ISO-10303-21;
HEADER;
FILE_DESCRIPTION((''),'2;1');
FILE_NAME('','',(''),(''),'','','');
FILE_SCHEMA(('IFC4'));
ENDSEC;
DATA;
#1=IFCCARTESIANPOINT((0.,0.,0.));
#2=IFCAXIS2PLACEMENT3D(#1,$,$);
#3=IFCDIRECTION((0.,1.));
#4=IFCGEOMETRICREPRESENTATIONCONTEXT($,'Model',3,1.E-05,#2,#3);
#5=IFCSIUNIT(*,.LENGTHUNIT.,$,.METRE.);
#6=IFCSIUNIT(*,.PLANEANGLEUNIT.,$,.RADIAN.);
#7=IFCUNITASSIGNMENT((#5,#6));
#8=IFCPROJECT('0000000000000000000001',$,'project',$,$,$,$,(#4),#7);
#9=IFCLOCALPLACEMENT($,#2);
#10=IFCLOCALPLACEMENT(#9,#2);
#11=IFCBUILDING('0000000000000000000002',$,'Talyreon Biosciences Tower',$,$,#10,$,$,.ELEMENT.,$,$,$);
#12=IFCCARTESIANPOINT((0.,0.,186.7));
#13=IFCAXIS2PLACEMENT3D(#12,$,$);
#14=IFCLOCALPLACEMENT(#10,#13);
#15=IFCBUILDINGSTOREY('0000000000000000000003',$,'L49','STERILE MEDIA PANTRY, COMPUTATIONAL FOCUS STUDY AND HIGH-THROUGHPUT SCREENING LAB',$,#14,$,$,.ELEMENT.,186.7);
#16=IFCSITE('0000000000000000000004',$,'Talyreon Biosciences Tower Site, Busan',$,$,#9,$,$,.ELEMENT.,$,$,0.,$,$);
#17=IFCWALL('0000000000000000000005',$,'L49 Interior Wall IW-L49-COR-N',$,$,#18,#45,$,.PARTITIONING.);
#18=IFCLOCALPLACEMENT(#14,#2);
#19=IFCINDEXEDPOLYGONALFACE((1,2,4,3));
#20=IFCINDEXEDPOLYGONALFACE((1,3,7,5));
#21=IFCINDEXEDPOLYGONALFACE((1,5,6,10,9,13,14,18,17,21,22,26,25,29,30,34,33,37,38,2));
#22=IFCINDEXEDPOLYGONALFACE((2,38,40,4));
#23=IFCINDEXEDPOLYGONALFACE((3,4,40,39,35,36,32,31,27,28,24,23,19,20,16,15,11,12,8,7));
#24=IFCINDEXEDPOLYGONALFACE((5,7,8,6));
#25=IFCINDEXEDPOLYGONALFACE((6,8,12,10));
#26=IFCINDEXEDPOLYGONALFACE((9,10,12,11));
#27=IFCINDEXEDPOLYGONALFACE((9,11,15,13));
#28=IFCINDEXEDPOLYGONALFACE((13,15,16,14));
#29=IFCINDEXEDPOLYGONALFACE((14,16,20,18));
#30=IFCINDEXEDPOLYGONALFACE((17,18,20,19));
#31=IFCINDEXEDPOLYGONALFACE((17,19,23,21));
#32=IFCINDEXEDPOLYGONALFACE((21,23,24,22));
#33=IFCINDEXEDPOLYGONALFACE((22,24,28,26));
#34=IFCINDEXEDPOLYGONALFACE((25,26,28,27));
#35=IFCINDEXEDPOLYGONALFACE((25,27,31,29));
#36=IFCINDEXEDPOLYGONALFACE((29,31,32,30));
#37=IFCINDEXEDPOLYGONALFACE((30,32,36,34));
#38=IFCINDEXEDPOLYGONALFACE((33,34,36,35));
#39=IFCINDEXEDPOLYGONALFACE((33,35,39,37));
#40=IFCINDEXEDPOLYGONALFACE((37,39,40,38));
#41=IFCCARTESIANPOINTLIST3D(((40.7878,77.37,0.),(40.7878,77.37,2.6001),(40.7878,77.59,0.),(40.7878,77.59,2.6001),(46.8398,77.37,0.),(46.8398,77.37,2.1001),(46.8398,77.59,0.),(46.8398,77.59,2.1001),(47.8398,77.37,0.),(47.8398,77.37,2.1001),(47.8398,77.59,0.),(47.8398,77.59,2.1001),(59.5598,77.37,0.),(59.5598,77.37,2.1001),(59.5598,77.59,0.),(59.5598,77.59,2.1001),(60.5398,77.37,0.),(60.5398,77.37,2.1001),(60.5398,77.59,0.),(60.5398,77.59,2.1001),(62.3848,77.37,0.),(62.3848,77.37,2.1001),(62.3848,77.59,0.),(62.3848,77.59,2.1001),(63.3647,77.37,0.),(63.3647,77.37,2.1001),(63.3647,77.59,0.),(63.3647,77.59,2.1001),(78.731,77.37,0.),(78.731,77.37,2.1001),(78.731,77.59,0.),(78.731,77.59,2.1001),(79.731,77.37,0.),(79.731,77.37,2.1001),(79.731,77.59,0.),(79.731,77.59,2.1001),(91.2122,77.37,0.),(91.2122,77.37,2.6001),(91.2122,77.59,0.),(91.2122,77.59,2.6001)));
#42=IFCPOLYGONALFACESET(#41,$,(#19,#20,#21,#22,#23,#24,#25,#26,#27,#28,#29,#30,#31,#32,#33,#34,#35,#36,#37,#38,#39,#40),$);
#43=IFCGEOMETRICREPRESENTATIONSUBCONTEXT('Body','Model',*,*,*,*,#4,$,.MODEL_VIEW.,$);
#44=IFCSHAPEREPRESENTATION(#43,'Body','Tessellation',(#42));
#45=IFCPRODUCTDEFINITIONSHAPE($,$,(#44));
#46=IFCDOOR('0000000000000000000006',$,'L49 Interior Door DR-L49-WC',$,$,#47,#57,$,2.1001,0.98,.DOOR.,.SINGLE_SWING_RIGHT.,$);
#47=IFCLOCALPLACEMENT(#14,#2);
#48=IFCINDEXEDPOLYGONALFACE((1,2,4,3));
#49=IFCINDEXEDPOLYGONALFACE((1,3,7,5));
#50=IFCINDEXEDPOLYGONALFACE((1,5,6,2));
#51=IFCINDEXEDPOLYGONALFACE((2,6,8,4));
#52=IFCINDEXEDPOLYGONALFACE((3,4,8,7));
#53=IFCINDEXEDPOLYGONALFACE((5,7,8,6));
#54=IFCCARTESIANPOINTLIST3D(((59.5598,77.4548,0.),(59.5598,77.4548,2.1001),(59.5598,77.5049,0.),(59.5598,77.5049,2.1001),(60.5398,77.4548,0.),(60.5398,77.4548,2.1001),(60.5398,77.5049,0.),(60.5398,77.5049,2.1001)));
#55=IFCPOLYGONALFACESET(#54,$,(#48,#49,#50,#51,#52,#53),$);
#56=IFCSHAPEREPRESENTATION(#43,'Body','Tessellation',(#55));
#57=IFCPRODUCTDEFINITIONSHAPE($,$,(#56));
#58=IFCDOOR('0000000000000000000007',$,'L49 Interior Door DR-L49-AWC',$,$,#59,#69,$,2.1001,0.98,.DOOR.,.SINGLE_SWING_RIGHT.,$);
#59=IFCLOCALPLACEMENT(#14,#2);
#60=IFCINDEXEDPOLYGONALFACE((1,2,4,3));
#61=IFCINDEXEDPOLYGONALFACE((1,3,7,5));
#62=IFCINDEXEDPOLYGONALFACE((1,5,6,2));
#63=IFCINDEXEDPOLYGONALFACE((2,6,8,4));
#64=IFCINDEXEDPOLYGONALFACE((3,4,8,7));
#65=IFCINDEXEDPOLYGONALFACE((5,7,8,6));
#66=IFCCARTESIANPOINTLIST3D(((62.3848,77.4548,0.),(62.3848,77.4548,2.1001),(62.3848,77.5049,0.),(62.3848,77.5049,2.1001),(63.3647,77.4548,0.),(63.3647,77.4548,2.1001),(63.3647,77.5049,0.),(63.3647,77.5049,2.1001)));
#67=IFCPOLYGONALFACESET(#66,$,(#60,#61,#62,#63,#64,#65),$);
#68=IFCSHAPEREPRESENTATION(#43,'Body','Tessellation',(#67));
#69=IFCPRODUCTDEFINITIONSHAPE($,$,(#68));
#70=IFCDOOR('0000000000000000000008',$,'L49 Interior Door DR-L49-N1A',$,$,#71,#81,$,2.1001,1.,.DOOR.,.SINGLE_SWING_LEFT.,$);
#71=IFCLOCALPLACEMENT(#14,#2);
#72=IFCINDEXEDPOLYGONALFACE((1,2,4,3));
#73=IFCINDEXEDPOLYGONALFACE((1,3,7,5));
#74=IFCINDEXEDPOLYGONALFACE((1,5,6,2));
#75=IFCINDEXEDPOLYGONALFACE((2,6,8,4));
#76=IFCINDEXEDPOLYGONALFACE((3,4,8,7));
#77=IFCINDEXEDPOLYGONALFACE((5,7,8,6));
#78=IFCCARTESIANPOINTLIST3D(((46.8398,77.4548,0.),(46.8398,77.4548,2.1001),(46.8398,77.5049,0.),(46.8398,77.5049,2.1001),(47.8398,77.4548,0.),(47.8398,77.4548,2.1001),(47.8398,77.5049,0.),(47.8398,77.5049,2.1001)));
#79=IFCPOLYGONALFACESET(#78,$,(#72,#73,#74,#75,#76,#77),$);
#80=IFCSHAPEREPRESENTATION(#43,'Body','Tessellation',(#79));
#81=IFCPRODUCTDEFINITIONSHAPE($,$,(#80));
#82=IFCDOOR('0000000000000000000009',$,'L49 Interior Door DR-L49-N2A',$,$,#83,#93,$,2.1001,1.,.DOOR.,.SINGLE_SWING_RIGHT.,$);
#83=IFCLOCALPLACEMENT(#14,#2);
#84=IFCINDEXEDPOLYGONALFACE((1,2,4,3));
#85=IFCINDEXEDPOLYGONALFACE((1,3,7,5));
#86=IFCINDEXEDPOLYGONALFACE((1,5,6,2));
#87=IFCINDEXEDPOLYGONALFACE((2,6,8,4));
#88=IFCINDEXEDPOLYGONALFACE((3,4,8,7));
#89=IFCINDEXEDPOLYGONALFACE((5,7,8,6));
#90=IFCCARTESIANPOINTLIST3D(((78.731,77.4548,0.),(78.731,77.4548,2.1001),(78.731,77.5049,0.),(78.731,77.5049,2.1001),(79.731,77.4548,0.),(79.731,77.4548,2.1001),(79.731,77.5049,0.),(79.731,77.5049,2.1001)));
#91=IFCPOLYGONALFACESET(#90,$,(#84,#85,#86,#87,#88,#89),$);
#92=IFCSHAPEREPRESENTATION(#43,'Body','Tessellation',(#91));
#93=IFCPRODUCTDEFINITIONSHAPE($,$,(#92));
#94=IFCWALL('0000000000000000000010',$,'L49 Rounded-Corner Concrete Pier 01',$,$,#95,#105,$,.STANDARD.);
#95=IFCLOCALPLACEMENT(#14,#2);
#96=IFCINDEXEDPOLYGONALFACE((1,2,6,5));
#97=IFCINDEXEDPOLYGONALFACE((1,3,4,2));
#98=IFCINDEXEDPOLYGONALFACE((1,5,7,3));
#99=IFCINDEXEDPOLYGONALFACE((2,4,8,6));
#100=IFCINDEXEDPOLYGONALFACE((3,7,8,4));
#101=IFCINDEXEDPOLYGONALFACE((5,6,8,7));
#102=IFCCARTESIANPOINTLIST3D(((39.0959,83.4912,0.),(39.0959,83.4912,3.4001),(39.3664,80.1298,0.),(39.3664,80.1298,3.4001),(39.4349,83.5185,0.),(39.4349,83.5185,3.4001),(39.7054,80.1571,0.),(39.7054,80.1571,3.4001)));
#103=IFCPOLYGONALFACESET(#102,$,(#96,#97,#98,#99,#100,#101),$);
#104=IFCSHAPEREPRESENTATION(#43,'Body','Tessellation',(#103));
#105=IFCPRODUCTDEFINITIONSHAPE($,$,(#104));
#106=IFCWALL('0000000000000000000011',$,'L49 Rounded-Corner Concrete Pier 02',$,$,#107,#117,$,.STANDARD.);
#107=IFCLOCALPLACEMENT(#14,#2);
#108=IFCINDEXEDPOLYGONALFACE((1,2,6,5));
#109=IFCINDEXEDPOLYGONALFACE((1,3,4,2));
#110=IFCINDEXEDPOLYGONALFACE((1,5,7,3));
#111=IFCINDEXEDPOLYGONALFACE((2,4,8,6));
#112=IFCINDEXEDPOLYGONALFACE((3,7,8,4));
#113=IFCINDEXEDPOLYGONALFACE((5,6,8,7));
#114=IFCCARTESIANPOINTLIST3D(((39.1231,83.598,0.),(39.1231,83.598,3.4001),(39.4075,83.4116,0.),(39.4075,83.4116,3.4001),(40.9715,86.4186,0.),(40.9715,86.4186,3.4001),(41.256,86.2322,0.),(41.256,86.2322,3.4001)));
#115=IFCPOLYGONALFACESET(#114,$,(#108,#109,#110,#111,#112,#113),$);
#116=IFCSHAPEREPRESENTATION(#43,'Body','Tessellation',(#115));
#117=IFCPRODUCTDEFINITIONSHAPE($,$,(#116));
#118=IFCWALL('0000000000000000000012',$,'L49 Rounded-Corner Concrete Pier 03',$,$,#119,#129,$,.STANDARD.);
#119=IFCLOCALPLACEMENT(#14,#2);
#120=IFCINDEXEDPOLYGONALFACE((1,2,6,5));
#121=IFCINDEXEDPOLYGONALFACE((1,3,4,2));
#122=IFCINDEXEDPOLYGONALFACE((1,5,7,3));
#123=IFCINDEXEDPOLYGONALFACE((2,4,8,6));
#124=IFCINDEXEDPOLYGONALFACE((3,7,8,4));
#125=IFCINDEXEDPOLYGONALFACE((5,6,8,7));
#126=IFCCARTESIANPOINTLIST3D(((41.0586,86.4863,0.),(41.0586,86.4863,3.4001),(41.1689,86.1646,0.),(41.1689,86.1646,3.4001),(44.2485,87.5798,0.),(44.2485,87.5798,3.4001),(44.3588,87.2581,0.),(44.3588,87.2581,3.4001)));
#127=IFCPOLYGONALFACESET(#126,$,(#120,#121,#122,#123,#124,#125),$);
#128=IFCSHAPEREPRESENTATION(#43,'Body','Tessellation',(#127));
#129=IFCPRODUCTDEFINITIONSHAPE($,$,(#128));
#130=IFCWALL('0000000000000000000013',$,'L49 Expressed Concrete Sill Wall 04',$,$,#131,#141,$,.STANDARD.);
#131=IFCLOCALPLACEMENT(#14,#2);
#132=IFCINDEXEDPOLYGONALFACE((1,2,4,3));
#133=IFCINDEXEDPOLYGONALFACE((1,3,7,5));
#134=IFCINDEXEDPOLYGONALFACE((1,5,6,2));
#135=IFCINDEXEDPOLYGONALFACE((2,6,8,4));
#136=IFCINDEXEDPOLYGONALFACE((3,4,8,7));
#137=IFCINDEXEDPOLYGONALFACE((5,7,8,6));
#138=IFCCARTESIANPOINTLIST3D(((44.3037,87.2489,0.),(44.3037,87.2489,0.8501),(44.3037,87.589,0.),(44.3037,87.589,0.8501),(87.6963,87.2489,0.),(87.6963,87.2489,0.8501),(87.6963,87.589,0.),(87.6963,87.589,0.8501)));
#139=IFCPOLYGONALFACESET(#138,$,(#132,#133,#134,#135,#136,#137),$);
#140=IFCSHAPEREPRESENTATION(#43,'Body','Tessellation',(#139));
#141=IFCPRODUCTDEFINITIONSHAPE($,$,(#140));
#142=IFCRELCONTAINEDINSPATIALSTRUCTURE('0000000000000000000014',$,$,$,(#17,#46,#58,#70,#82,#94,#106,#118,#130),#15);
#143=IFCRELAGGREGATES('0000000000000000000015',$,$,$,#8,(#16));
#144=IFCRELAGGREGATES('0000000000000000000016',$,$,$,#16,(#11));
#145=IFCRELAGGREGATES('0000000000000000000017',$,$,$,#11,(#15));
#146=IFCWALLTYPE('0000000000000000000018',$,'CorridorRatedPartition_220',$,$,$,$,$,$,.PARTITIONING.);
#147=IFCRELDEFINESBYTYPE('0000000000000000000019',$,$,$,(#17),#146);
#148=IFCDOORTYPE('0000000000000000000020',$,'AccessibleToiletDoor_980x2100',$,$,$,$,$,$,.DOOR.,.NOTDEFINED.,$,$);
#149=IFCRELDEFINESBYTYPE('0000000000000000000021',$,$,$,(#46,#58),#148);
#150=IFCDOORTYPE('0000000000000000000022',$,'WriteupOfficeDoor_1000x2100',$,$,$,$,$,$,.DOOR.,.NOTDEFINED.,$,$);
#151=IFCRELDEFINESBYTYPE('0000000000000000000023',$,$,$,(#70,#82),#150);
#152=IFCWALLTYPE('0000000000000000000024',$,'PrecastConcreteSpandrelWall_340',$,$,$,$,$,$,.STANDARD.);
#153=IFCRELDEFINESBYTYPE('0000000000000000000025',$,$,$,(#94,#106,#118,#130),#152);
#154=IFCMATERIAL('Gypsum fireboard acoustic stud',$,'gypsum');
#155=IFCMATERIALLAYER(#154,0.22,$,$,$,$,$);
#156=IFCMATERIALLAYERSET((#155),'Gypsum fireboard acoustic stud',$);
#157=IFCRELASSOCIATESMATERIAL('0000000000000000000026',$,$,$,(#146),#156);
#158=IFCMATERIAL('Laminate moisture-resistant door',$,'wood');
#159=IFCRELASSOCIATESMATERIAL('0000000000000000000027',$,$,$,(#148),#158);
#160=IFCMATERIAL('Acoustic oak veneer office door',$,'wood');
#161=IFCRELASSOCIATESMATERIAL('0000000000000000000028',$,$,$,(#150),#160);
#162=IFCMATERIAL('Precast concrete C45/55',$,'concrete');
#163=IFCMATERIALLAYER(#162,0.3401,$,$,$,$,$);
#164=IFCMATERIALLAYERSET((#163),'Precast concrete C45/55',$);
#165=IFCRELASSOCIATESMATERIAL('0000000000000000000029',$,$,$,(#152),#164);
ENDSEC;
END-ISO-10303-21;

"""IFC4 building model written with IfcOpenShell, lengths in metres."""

from ifc_helpers import new_model, si_unit, direction, frame, frame_2d, origin, place, context, subcontext, project, spatial, rectangle, extrude, material, layer, layer_set, type_object, element, fill, save


model = new_model("IFC4")

# Units and contexts
model_context = context("Model", 3, precision=1e-05, world=origin(), true_north=direction((0.0, 1.0)))
body_context = subcontext(model_context, "Body", "Model", "MODEL_VIEW")
ifc_project = project(units=[si_unit("LENGTHUNIT", "METRE"), si_unit("PLANEANGLEUNIT", "RADIAN")], contexts=[model_context])

# Site, building, storey
site_placement = place(None, origin())
site = spatial("IfcSite", under=ifc_project, at=site_placement, Name="Talyreon Biosciences Tower Site, Busan", CompositionType="ELEMENT", RefElevation=0.0)
building_placement = place(site_placement, origin())
building = spatial("IfcBuilding", under=site, at=building_placement, Name="Talyreon Biosciences Tower", CompositionType="ELEMENT")
storey_placement = place(building_placement, frame((0.0, 0.0, 186.7)))
storey = spatial("IfcBuildingStorey", under=building, at=storey_placement, Name="L49", Description="STERILE MEDIA PANTRY, COMPUTATIONAL FOCUS STUDY AND HIGH-THROUGHPUT SCREENING LAB", CompositionType="ELEMENT", Elevation=186.7)

# Shared definitions
ifc_material_1 = material(Name="Precast concrete C45/55", Category="concrete")

# Wall, openings, doors
ifc_material_2 = material(Name="Gypsum fireboard acoustic stud", Category="gypsum")
ifc_layer_1 = layer(ifc_material_2, 0.22)
ifc_layer_set_1 = layer_set([ifc_layer_1], Name="Gypsum fireboard acoustic stud")
wall_type_1 = type_object("IfcWallType", Name="CorridorRatedPartition_220", PredefinedType="PARTITIONING", material=ifc_layer_set_1)
wall_1_placement = place(storey_placement, frame((40.7878, 77.48, 0.0), z_axis=(0.0, 0.0, 1.0), x_axis=(1.0, 0.0, 0.0)))
wall_1 = element("IfcWall", 1, at=wall_1_placement, inside=storey, type_object=wall_type_1, Name="L49 Interior Wall IW-L49-COR-N", PredefinedType="PARTITIONING", context=body_context, shape_type="SweptSolid", body=[
    extrude(rectangle(XDim=50.4243, YDim=0.22, at=frame_2d((25.2122, 0.0))), origin(), (0.0, 0.0, 1.0), 2.6001),
])
opening_1_placement = place(wall_1_placement, frame((18.772, 0.0, 0.0)))
opening_1 = element("IfcOpeningElement", 2, at=opening_1_placement, cuts=wall_1, PredefinedType="OPENING", context=body_context, shape_type="SweptSolid", body=[
    extrude(rectangle(XDim=0.98, YDim=2.1001, at=frame_2d((0.49, 1.05))), frame((0.0, 0.1199, 0.0), z_axis=(0.0, -1.0, 0.0), x_axis=(1.0, 0.0, 0.0)), (0.0, 0.0, 1.0), 0.24),
])
opening_2_placement = place(wall_1_placement, frame((21.5969, 0.0, 0.0)))
opening_2 = element("IfcOpeningElement", 3, at=opening_2_placement, cuts=wall_1, PredefinedType="OPENING", context=body_context, shape_type="SweptSolid", body=[
    extrude(rectangle(XDim=0.98, YDim=2.1001, at=frame_2d((0.49, 1.05))), frame((0.0, 0.1199, 0.0), z_axis=(0.0, -1.0, 0.0), x_axis=(1.0, 0.0, 0.0)), (0.0, 0.0, 1.0), 0.24),
])
opening_3_placement = place(wall_1_placement, frame((6.052, 0.0, 0.0)))
opening_3 = element("IfcOpeningElement", 4, at=opening_3_placement, cuts=wall_1, PredefinedType="OPENING", context=body_context, shape_type="SweptSolid", body=[
    extrude(rectangle(XDim=1.0, YDim=2.1001, at=frame_2d((0.5, 1.05))), frame((0.0, 0.1199, 0.0), z_axis=(0.0, -1.0, 0.0), x_axis=(1.0, 0.0, 0.0)), (0.0, 0.0, 1.0), 0.24),
])
opening_4_placement = place(wall_1_placement, frame((37.9431, 0.0, 0.0)))
opening_4 = element("IfcOpeningElement", 5, at=opening_4_placement, cuts=wall_1, PredefinedType="OPENING", context=body_context, shape_type="SweptSolid", body=[
    extrude(rectangle(XDim=1.0, YDim=2.1001, at=frame_2d((0.5, 1.05))), frame((0.0, 0.1199, 0.0), z_axis=(0.0, -1.0, 0.0), x_axis=(1.0, 0.0, 0.0)), (0.0, 0.0, 1.0), 0.24),
])
ifc_material_3 = material(Name="Laminate moisture-resistant door", Category="wood")
door_type_1 = type_object("IfcDoorType", Name="AccessibleToiletDoor_980x2100", OperationType="NOTDEFINED", PredefinedType="DOOR", material=ifc_material_3)
door_1_placement = place(opening_1_placement, origin())
door_1 = element("IfcDoor", 6, at=door_1_placement, inside=storey, type_object=door_type_1, Name="L49 Interior Door DR-L49-WC", OperationType="SINGLE_SWING_RIGHT", OverallHeight=2.1001, OverallWidth=0.98, PredefinedType="DOOR", context=body_context, shape_type="SweptSolid", body=[
    extrude(rectangle(XDim=0.98, YDim=2.1001, at=frame_2d((0.49, 1.05))), frame((0.0, 0.0249, 0.0), z_axis=(0.0, -1.0, 0.0), x_axis=(1.0, 0.0, 0.0)), (0.0, 0.0, 1.0), 0.05),
])
fill(opening_1, door_1)
door_2_placement = place(opening_2_placement, origin())
door_2 = element("IfcDoor", 7, at=door_2_placement, inside=storey, type_object=door_type_1, Name="L49 Interior Door DR-L49-AWC", OperationType="SINGLE_SWING_RIGHT", OverallHeight=2.1001, OverallWidth=0.98, PredefinedType="DOOR", context=body_context, shape_type="SweptSolid", body=[
    extrude(rectangle(XDim=0.98, YDim=2.1001, at=frame_2d((0.49, 1.05))), frame((0.0, 0.0249, 0.0), z_axis=(0.0, -1.0, 0.0), x_axis=(1.0, 0.0, 0.0)), (0.0, 0.0, 1.0), 0.05),
])
fill(opening_2, door_2)
ifc_material_4 = material(Name="Acoustic oak veneer office door", Category="wood")
door_type_2 = type_object("IfcDoorType", Name="WriteupOfficeDoor_1000x2100", OperationType="NOTDEFINED", PredefinedType="DOOR", material=ifc_material_4)
door_3_placement = place(opening_3_placement, origin())
door_3 = element("IfcDoor", 8, at=door_3_placement, inside=storey, type_object=door_type_2, Name="L49 Interior Door DR-L49-N1A", OperationType="SINGLE_SWING_LEFT", OverallHeight=2.1001, OverallWidth=1.0, PredefinedType="DOOR", context=body_context, shape_type="SweptSolid", body=[
    extrude(rectangle(XDim=1.0, YDim=2.1001, at=frame_2d((0.5, 1.05))), frame((0.0, 0.0249, 0.0), z_axis=(0.0, -1.0, 0.0), x_axis=(1.0, 0.0, 0.0)), (0.0, 0.0, 1.0), 0.05),
])
fill(opening_3, door_3)
door_4_placement = place(opening_4_placement, origin())
door_4 = element("IfcDoor", 9, at=door_4_placement, inside=storey, type_object=door_type_2, Name="L49 Interior Door DR-L49-N2A", OperationType="SINGLE_SWING_RIGHT", OverallHeight=2.1001, OverallWidth=1.0, PredefinedType="DOOR", context=body_context, shape_type="SweptSolid", body=[
    extrude(rectangle(XDim=1.0, YDim=2.1001, at=frame_2d((0.5, 1.05))), frame((0.0, 0.0249, 0.0), z_axis=(0.0, -1.0, 0.0), x_axis=(1.0, 0.0, 0.0)), (0.0, 0.0, 1.0), 0.05),
])
fill(opening_4, door_4)

# Walls
ifc_layer_2 = layer(ifc_material_1, 0.3401)
ifc_layer_set_2 = layer_set([ifc_layer_2], Name="Precast concrete C45/55")
wall_type_2 = type_object("IfcWallType", Name="PrecastConcreteSpandrelWall_340", PredefinedType="STANDARD", material=ifc_layer_set_2)
for number, where, z_axis, x_axis, name in (
    (10, (39.5359, 80.1436, 0.0), (0.0, 0.0, 1.0), (-0.080217, 0.996777, 0.0), "L49 Rounded-Corner Concrete Pier 01"),
    (11, (39.2654, 83.5049, 0.0), (0.0, 0.0, 1.0), (0.548117, 0.836402, 0.0), "L49 Rounded-Corner Concrete Pier 02"),
):
    element("IfcWall", number, at=place(storey_placement, frame(where, z_axis=z_axis, x_axis=x_axis)), inside=storey, type_object=wall_type_2, Name=name, PredefinedType="STANDARD", context=body_context, shape_type="SweptSolid", body=[
        extrude(rectangle(XDim=3.3723, YDim=0.3401, at=frame_2d((1.686, 0.0))), origin(), (0.0, 0.0, 1.0), 3.4001),
    ])
wall_2_placement = place(storey_placement, frame((41.1138, 86.3254, 0.0), z_axis=(0.0, 0.0, 1.0), x_axis=(0.945963, 0.324274, 0.0)))
element("IfcWall", 12, at=wall_2_placement, inside=storey, type_object=wall_type_2, Name="L49 Rounded-Corner Concrete Pier 03", PredefinedType="STANDARD", context=body_context, shape_type="SweptSolid", body=[
    extrude(rectangle(XDim=3.3721, YDim=0.3401, at=frame_2d((1.686, 0.0))), origin(), (0.0, 0.0, 1.0), 3.4001),
])
wall_3_placement = place(storey_placement, frame((44.3037, 87.4189, 0.0), z_axis=(0.0, 0.0, 1.0), x_axis=(1.0, 0.0, 0.0)))
element("IfcWall", 13, at=wall_3_placement, inside=storey, type_object=wall_type_2, Name="L49 Expressed Concrete Sill Wall 04", PredefinedType="STANDARD", context=body_context, shape_type="SweptSolid", body=[
    extrude(rectangle(XDim=43.3926, YDim=0.3401, at=frame_2d((21.6963, 0.0))), origin(), (0.0, 0.0, 1.0), 0.8501),
])

save(model, "model.ifc")
